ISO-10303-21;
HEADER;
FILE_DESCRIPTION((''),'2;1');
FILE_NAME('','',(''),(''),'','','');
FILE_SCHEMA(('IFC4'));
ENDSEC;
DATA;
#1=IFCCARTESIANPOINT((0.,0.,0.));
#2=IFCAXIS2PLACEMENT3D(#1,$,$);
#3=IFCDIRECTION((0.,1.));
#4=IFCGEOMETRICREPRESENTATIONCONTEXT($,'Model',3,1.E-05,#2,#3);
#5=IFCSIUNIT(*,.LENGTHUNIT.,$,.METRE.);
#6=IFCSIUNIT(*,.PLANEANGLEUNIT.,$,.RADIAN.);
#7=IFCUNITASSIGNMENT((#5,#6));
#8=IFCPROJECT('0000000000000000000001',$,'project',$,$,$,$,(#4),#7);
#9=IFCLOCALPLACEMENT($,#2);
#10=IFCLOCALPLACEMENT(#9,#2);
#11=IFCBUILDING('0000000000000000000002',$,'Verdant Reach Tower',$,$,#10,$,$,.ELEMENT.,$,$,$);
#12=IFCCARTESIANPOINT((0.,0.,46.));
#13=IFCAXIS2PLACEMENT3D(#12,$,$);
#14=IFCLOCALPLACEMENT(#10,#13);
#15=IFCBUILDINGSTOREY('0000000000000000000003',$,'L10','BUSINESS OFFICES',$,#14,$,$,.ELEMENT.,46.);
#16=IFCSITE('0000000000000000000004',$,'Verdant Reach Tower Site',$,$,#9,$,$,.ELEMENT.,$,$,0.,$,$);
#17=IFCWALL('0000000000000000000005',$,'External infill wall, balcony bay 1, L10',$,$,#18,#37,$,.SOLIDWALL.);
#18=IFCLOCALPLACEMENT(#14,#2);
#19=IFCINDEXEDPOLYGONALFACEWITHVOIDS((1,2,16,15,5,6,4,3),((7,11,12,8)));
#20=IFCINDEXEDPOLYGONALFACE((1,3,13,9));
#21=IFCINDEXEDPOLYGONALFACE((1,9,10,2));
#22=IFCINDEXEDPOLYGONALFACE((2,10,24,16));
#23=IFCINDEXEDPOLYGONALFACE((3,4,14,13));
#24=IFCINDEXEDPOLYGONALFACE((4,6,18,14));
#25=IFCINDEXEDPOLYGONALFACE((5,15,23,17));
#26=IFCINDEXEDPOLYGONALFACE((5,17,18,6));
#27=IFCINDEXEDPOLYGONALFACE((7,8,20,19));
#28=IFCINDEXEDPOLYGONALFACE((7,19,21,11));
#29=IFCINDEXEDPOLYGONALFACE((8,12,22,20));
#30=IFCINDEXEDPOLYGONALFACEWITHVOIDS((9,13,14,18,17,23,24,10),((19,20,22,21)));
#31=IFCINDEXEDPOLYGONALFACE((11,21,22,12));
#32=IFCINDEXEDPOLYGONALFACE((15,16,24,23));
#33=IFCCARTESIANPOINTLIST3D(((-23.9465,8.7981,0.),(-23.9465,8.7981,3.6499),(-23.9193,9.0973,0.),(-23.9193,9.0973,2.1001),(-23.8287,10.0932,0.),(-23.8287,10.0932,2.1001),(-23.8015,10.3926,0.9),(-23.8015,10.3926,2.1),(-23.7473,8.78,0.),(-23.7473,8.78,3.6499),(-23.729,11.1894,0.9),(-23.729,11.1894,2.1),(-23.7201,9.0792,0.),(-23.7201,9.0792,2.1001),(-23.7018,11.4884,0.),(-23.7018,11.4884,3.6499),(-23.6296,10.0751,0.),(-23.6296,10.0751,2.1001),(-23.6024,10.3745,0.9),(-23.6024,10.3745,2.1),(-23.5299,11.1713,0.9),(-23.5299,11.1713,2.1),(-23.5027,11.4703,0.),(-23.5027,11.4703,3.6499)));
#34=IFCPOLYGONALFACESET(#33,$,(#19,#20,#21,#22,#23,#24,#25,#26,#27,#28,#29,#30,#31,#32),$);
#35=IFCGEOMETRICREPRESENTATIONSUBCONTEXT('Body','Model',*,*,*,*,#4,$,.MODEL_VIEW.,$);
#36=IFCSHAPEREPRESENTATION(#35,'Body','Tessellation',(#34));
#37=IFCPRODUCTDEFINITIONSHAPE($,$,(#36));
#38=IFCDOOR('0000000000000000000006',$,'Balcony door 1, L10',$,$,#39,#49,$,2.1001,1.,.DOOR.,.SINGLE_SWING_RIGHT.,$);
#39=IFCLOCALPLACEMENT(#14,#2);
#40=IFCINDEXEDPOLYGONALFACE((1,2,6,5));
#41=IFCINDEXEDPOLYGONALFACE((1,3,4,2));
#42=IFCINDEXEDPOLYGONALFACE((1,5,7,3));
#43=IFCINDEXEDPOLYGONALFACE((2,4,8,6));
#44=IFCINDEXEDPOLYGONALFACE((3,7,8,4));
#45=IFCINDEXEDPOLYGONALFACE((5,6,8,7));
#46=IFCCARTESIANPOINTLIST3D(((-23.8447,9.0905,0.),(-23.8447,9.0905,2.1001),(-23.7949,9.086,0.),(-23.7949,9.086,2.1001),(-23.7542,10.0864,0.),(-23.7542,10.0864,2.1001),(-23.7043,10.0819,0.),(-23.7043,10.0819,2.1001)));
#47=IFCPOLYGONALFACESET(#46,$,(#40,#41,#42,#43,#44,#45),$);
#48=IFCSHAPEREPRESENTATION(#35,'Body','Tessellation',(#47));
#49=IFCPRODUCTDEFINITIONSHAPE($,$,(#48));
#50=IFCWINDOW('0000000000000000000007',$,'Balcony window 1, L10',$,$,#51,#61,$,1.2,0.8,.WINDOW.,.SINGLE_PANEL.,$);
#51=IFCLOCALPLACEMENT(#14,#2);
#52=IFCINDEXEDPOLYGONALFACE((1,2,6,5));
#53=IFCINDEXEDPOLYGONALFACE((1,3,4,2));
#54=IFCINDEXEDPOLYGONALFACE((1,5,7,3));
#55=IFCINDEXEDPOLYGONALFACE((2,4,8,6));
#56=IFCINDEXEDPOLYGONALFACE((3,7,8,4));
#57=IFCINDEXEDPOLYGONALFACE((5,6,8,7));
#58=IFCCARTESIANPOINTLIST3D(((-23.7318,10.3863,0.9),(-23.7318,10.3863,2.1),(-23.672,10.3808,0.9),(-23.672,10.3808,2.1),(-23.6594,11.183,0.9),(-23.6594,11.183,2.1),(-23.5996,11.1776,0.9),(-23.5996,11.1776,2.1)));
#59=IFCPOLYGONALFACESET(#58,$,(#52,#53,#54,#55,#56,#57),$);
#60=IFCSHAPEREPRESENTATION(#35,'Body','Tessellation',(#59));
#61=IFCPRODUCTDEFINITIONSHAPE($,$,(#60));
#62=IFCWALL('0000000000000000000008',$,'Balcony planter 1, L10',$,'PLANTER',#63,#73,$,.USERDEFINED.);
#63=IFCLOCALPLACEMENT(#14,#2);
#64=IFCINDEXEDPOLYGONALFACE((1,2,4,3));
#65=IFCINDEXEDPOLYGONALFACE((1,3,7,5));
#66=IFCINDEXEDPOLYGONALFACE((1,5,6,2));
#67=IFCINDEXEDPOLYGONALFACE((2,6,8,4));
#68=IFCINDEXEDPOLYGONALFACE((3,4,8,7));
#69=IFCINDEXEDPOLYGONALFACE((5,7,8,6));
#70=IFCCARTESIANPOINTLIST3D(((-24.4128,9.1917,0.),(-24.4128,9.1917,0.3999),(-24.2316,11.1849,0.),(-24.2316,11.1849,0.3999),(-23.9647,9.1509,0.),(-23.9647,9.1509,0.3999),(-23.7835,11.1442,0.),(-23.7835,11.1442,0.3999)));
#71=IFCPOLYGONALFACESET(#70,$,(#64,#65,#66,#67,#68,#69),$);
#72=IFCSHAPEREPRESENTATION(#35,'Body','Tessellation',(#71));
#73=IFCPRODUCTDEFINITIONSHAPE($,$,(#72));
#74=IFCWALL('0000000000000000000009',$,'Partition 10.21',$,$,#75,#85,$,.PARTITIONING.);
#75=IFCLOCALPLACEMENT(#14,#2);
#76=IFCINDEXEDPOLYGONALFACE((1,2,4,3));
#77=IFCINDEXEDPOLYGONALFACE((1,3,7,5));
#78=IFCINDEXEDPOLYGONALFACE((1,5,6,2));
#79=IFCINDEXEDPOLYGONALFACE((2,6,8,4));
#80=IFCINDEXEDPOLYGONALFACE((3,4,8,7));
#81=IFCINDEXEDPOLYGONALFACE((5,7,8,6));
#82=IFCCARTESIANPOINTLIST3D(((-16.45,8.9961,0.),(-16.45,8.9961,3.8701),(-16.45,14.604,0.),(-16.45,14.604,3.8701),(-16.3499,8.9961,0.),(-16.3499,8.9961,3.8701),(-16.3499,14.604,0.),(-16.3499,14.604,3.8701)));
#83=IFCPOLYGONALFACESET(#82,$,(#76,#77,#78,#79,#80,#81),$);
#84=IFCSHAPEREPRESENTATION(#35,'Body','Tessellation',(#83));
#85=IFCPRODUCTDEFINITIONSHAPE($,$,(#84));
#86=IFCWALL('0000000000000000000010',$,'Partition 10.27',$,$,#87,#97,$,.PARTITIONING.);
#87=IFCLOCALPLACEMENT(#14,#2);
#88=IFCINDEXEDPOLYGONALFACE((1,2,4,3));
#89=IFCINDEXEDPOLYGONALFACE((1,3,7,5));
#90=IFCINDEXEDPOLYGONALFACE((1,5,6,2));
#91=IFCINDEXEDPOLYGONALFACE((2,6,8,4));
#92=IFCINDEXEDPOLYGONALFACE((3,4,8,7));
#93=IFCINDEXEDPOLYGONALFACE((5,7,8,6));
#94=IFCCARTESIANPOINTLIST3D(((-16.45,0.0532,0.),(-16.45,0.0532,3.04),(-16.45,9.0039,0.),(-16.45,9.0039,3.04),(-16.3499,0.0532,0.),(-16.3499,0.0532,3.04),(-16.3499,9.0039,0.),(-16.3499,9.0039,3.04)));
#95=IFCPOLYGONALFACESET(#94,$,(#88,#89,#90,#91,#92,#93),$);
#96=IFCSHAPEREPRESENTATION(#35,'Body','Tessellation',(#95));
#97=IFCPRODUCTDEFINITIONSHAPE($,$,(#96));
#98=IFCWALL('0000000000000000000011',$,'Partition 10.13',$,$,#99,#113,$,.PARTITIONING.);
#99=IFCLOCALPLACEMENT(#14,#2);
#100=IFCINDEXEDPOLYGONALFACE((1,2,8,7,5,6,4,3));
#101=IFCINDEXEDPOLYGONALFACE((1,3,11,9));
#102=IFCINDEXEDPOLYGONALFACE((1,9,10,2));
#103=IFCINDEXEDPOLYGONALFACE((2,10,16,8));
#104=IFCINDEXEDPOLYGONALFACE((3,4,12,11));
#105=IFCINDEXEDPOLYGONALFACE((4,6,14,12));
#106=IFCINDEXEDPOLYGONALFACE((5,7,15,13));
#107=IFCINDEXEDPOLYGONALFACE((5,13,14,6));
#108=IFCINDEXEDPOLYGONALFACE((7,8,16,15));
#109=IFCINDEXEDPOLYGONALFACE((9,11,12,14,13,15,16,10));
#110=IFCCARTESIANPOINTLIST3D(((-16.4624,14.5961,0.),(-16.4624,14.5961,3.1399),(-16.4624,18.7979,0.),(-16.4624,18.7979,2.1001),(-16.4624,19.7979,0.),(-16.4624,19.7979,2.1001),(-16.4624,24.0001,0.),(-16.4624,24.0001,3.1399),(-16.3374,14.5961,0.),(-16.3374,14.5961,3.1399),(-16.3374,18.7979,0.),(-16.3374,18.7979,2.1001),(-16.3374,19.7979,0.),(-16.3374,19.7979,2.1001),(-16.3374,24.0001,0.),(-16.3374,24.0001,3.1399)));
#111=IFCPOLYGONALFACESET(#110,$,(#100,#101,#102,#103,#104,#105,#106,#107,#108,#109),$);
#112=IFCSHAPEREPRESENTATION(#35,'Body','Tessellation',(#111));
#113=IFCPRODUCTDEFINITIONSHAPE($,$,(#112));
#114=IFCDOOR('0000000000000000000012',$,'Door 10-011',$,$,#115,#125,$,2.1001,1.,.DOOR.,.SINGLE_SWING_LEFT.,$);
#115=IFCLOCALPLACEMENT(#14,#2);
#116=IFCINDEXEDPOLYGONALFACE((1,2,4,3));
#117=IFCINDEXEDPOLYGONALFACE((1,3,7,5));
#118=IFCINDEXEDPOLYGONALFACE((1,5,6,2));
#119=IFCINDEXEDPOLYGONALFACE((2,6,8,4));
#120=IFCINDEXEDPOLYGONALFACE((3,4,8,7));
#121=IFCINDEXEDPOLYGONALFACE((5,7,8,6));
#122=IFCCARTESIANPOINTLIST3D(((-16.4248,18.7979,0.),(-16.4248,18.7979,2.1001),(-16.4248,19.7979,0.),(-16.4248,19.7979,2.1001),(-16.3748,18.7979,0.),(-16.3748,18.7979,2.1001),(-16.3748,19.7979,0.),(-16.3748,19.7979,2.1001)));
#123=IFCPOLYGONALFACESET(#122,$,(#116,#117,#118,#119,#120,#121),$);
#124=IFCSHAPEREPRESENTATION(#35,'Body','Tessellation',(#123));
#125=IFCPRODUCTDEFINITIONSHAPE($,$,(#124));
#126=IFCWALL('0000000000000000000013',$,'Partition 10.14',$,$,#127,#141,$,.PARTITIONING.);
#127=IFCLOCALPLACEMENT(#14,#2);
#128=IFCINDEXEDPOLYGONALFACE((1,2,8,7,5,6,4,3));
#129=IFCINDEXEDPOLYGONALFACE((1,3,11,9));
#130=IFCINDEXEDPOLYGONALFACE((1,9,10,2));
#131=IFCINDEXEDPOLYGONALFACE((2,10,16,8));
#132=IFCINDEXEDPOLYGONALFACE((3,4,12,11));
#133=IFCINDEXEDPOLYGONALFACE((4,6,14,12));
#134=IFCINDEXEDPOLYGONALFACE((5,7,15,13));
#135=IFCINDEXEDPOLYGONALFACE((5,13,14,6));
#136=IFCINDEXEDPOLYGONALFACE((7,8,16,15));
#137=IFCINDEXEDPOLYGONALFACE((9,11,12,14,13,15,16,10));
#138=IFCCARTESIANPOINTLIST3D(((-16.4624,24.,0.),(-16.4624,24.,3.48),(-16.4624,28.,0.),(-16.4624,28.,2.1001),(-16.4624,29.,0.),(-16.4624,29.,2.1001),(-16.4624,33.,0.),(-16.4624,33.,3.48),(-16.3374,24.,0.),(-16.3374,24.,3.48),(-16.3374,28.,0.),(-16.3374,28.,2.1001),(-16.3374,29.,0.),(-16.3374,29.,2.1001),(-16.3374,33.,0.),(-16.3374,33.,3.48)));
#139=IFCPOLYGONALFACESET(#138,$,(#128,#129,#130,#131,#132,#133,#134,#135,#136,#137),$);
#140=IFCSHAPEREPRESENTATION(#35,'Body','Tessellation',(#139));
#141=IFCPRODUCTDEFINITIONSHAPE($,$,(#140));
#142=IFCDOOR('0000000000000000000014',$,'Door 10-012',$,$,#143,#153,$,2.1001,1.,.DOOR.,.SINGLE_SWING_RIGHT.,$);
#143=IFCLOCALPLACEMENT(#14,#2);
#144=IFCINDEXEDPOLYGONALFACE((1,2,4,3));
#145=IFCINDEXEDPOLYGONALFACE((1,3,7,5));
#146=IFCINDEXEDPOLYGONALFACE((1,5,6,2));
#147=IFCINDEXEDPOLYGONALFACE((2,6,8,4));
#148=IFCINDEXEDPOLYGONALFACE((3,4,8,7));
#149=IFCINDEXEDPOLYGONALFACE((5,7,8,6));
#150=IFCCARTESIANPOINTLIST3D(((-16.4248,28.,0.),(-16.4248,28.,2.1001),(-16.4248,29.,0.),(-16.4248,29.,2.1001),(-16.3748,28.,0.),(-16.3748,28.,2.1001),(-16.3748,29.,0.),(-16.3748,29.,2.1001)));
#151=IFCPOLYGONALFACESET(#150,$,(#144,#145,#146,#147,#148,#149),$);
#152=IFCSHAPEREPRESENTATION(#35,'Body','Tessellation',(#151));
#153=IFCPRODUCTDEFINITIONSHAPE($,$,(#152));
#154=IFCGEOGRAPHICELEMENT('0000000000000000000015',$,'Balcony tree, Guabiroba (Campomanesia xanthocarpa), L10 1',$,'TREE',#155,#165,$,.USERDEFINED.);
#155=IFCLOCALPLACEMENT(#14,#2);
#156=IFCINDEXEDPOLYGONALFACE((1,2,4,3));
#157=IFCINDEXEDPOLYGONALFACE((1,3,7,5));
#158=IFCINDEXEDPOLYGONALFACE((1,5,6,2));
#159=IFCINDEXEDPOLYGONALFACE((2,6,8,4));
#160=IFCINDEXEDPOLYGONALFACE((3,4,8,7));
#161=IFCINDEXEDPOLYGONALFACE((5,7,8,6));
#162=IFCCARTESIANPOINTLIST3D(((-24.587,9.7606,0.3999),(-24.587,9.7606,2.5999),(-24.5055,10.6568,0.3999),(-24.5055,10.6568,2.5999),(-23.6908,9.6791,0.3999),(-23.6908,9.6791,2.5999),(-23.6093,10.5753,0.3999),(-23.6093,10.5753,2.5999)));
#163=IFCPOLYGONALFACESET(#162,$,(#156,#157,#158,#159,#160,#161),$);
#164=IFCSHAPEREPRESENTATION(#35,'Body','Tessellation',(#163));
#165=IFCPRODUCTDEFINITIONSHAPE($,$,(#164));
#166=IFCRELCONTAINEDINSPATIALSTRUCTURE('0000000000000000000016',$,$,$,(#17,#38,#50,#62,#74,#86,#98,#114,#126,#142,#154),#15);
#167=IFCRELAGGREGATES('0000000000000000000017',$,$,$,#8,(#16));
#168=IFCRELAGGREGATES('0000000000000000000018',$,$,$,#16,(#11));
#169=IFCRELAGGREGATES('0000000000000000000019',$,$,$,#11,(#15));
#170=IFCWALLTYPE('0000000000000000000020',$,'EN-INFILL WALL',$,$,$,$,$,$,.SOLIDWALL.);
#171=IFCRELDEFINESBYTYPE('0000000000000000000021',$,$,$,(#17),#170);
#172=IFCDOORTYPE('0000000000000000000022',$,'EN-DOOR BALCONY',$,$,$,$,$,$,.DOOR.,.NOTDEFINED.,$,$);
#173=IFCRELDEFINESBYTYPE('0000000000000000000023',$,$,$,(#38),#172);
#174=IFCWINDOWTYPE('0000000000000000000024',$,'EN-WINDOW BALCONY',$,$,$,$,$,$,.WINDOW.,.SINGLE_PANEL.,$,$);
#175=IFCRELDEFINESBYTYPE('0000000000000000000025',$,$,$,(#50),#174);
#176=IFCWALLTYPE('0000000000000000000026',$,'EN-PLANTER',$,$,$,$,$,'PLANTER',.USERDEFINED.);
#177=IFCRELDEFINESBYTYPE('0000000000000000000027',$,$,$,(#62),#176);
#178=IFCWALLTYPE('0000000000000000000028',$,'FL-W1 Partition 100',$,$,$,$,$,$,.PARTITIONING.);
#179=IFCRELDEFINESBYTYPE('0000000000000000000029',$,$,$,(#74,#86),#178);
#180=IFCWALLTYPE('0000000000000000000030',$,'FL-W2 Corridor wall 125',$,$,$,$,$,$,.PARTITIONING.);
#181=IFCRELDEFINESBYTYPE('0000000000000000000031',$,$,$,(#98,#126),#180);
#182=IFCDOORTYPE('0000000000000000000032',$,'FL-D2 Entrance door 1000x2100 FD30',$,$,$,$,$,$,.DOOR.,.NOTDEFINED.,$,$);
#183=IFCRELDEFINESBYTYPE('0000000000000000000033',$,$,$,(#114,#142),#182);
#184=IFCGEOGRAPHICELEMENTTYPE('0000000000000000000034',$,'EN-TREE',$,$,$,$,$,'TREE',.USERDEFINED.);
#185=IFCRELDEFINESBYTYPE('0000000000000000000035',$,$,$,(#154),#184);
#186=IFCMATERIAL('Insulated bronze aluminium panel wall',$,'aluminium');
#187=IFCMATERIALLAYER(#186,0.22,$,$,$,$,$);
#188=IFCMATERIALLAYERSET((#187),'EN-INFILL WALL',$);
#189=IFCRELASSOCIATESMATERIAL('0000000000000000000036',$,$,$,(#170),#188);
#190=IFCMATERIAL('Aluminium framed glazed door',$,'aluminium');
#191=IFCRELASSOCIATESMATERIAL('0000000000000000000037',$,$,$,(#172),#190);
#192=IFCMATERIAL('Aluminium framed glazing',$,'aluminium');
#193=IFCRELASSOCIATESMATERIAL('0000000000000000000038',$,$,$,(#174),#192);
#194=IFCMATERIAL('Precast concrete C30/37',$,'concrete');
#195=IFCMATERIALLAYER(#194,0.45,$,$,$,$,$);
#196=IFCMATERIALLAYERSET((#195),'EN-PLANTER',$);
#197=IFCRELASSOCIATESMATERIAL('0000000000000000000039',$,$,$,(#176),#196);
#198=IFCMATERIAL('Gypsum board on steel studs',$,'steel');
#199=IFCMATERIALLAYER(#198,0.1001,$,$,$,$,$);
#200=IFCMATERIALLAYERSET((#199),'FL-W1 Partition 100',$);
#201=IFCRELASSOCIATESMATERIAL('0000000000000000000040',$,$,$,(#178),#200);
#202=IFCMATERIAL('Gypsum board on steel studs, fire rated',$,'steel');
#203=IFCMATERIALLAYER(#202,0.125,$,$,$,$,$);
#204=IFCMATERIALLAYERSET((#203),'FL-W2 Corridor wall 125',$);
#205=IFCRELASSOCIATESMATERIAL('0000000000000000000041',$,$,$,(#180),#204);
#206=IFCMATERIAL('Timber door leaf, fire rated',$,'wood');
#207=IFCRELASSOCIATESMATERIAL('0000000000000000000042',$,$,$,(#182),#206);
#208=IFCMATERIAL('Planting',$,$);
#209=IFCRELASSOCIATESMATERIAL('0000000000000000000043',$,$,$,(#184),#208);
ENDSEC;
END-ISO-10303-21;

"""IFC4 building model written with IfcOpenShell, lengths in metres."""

from ifc_helpers import new_model, si_unit, direction, frame, frame_2d, origin, origin_2d, place, context, subcontext, project, spatial, rectangle, extrude, material, layer, layer_set, type_object, element, fill, save


model = new_model("IFC4")

# Units and contexts
model_context = context("Model", 3, precision=1e-05, world=origin(), true_north=direction((0.0, 1.0)))
body_context = subcontext(model_context, "Body", "Model", "MODEL_VIEW")
ifc_project = project(units=[si_unit("LENGTHUNIT", "METRE"), si_unit("PLANEANGLEUNIT", "RADIAN")], contexts=[model_context])

# Site, building, storey
site_placement = place(None, origin())
site = spatial("IfcSite", under=ifc_project, at=site_placement, Name="Verdant Reach Tower Site", CompositionType="ELEMENT", RefElevation=0.0)
building_placement = place(site_placement, origin())
building = spatial("IfcBuilding", under=site, at=building_placement, Name="Verdant Reach Tower", CompositionType="ELEMENT")
storey_placement = place(building_placement, frame((0.0, 0.0, 46.0)))
storey = spatial("IfcBuildingStorey", under=building, at=storey_placement, Name="L10", Description="BUSINESS OFFICES", CompositionType="ELEMENT", Elevation=46.0)

# Wall, openings, door, window
ifc_material_1 = material(Name="Insulated bronze aluminium panel wall", Category="aluminium")
ifc_layer_1 = layer(ifc_material_1, 0.22)
ifc_layer_set_1 = layer_set([ifc_layer_1], Name="EN-INFILL WALL")
wall_type_1 = type_object("IfcWallType", Name="EN-INFILL WALL", PredefinedType="SOLIDWALL", material=ifc_layer_set_1)
wall_1_placement = place(storey_placement, frame((-23.6023, 11.4792, 0.0), z_axis=(0.0, 0.0, 1.0), x_axis=(-0.090552, -0.995892, 0.0)))
wall_1 = element("IfcWall", 1, at=wall_1_placement, inside=storey, type_object=wall_type_1, Name="External infill wall, balcony bay 1, L10", PredefinedType="SOLIDWALL", context=body_context, shape_type="SweptSolid", body=[
    extrude(rectangle(XDim=2.7014, YDim=0.2, at=frame_2d((1.3506, 0.0))), origin(), (0.0, 0.0, 1.0), 3.6499),
])
opening_1_placement = place(wall_1_placement, frame((1.4009, 0.0, 0.0)))
opening_1 = element("IfcOpeningElement", 2, at=opening_1_placement, cuts=wall_1, PredefinedType="OPENING", context=body_context, shape_type="SweptSolid", body=[
    extrude(rectangle(XDim=1.0, YDim=2.1001, at=frame_2d((0.5, 1.05))), frame((0.0, 0.1099, 0.0), z_axis=(0.0, -1.0, 0.0), x_axis=(1.0, 0.0, 0.0)), (0.0, 0.0, 1.0), 0.22),
])
opening_2_placement = place(wall_1_placement, frame((0.3003, 0.0, 0.8999)))
opening_2 = element("IfcOpeningElement", 3, at=opening_2_placement, cuts=wall_1, PredefinedType="OPENING", context=body_context, shape_type="SweptSolid", body=[
    extrude(rectangle(XDim=0.8, YDim=1.2, at=frame_2d((0.3999, 0.6001))), frame((0.0, 0.1099, 0.0), z_axis=(0.0, -1.0, 0.0), x_axis=(1.0, 0.0, 0.0)), (0.0, 0.0, 1.0), 0.22),
])
ifc_material_2 = material(Name="Aluminium framed glazed door", Category="aluminium")
door_type_1 = type_object("IfcDoorType", Name="EN-DOOR BALCONY", OperationType="NOTDEFINED", PredefinedType="DOOR", material=ifc_material_2)
door_1_placement = place(opening_1_placement, origin())
door_1 = element("IfcDoor", 4, at=door_1_placement, inside=storey, type_object=door_type_1, Name="Balcony door 1, L10", OperationType="SINGLE_SWING_RIGHT", OverallHeight=2.1001, OverallWidth=1.0, PredefinedType="DOOR", context=body_context, shape_type="SweptSolid", body=[
    extrude(rectangle(XDim=1.0, YDim=2.1001, at=frame_2d((0.5, 1.05))), frame((0.0, 0.0249, 0.0), z_axis=(0.0, -1.0, 0.0), x_axis=(1.0, 0.0, 0.0)), (0.0, 0.0, 1.0), 0.05),
])
fill(opening_1, door_1)
ifc_material_3 = material(Name="Aluminium framed glazing", Category="aluminium")
window_type = type_object("IfcWindowType", Name="EN-WINDOW BALCONY", PartitioningType="SINGLE_PANEL", PredefinedType="WINDOW", material=ifc_material_3)
window_placement = place(opening_2_placement, origin())
window = element("IfcWindow", 5, at=window_placement, inside=storey, type_object=window_type, Name="Balcony window 1, L10", OverallHeight=1.2, OverallWidth=0.8, PartitioningType="SINGLE_PANEL", PredefinedType="WINDOW", context=body_context, shape_type="SweptSolid", body=[
    extrude(rectangle(XDim=0.8, YDim=1.2, at=frame_2d((0.3999, 0.6001))), frame((0.0, 0.03, 0.0), z_axis=(0.0, -1.0, 0.0), x_axis=(1.0, 0.0, 0.0)), (0.0, 0.0, 1.0), 0.0601),
])
fill(opening_2, window)

# Walls
ifc_material_4 = material(Name="Precast concrete C30/37", Category="concrete")
ifc_layer_2 = layer(ifc_material_4, 0.45)
ifc_layer_set_2 = layer_set([ifc_layer_2], Name="EN-PLANTER")
wall_type_2 = type_object("IfcWallType", Name="EN-PLANTER", ElementType="PLANTER", PredefinedType="USERDEFINED", material=ifc_layer_set_2)
wall_2_placement = place(storey_placement, frame((-24.0076, 11.1646, 0.0), z_axis=(0.0, 0.0, 1.0), x_axis=(-0.090514, -0.995895, 0.0)))
element("IfcWall", 6, at=wall_2_placement, inside=storey, type_object=wall_type_2, Name="Balcony planter 1, L10", ObjectType="PLANTER", PredefinedType="USERDEFINED", context=body_context, shape_type="SweptSolid", body=[
    extrude(rectangle(XDim=2.0015, YDim=0.45, at=frame_2d((1.0007, 0.0))), origin(), (0.0, 0.0, 1.0), 0.3999),
])
ifc_material_5 = material(Name="Gypsum board on steel studs", Category="steel")
ifc_layer_3 = layer(ifc_material_5, 0.1001)
ifc_layer_set_3 = layer_set([ifc_layer_3], Name="FL-W1 Partition 100")
wall_type_3 = type_object("IfcWallType", Name="FL-W1 Partition 100", PredefinedType="PARTITIONING", material=ifc_layer_set_3)
wall_3_placement = place(storey_placement, frame((-16.3999, 14.604, 0.0), z_axis=(0.0, 0.0, 1.0), x_axis=(0.0, -1.0, 0.0)))
element("IfcWall", 7, at=wall_3_placement, inside=storey, type_object=wall_type_3, Name="Partition 10.21", PredefinedType="PARTITIONING", context=body_context, shape_type="SweptSolid", body=[
    extrude(rectangle(XDim=5.6079, YDim=0.1001, at=frame_2d((2.804, 0.0))), origin(), (0.0, 0.0, 1.0), 3.8701),
])
wall_4_placement = place(storey_placement, frame((-16.3999, 9.0039, 0.0), z_axis=(0.0, 0.0, 1.0), x_axis=(0.0, -1.0, 0.0)))
element("IfcWall", 8, at=wall_4_placement, inside=storey, type_object=wall_type_3, Name="Partition 10.27", PredefinedType="PARTITIONING", context=body_context, shape_type="SweptSolid", body=[
    extrude(rectangle(XDim=8.9507, YDim=0.1001, at=frame_2d((4.4753, 0.0))), origin(), (0.0, 0.0, 1.0), 3.04),
])

# Walls, openings, doors
ifc_material_6 = material(Name="Gypsum board on steel studs, fire rated", Category="steel")
ifc_layer_4 = layer(ifc_material_6, 0.125)
ifc_layer_set_4 = layer_set([ifc_layer_4], Name="FL-W2 Corridor wall 125")
wall_type_4 = type_object("IfcWallType", Name="FL-W2 Corridor wall 125", PredefinedType="PARTITIONING", material=ifc_layer_set_4)
wall_5_placement = place(storey_placement, frame((-16.3999, 14.5959, 0.0), z_axis=(0.0, 0.0, 1.0), x_axis=(0.0, 1.0, 0.0)))
wall_5 = element("IfcWall", 9, at=wall_5_placement, inside=storey, type_object=wall_type_4, Name="Partition 10.13", PredefinedType="PARTITIONING", context=body_context, shape_type="SweptSolid", body=[
    extrude(rectangle(XDim=9.4041, YDim=0.125, at=frame_2d((4.7021, 0.0))), origin(), (0.0, 0.0, 1.0), 3.1399),
])
opening_3_placement = place(wall_5_placement, frame((4.2019, 0.0, 0.0)))
opening_3 = element("IfcOpeningElement", 10, at=opening_3_placement, cuts=wall_5, PredefinedType="OPENING", context=body_context, shape_type="SweptSolid", body=[
    extrude(rectangle(XDim=1.0, YDim=2.1001, at=frame_2d((0.5, 1.05))), frame((0.0, 0.0725, 0.0), z_axis=(0.0, -1.0, 0.0), x_axis=(1.0, 0.0, 0.0)), (0.0, 0.0, 1.0), 0.145),
])
ifc_material_7 = material(Name="Timber door leaf, fire rated", Category="wood")
door_type_2 = type_object("IfcDoorType", Name="FL-D2 Entrance door 1000x2100 FD30", OperationType="NOTDEFINED", PredefinedType="DOOR", material=ifc_material_7)
door_2_placement = place(opening_3_placement, origin())
door_2 = element("IfcDoor", 11, at=door_2_placement, inside=storey, type_object=door_type_2, Name="Door 10-011", OperationType="SINGLE_SWING_LEFT", OverallHeight=2.1001, OverallWidth=1.0, PredefinedType="DOOR", context=body_context, shape_type="SweptSolid", body=[
    extrude(rectangle(XDim=1.0, YDim=2.1001, at=frame_2d((0.5, 1.05))), frame((0.0, 0.0249, 0.0), z_axis=(0.0, -1.0, 0.0), x_axis=(1.0, 0.0, 0.0)), (0.0, 0.0, 1.0), 0.05),
])
fill(opening_3, door_2)
wall_6_placement = place(storey_placement, frame((-16.3999, 24.0, 0.0), z_axis=(0.0, 0.0, 1.0), x_axis=(0.0, 1.0, 0.0)))
wall_6 = element("IfcWall", 12, at=wall_6_placement, inside=storey, type_object=wall_type_4, Name="Partition 10.14", PredefinedType="PARTITIONING", context=body_context, shape_type="SweptSolid", body=[
    extrude(rectangle(XDim=9.0, YDim=0.125, at=frame_2d((4.5, 0.0))), origin(), (0.0, 0.0, 1.0), 3.48),
])
opening_4_placement = place(wall_6_placement, frame((4.0, 0.0, 0.0)))
opening_4 = element("IfcOpeningElement", 13, at=opening_4_placement, cuts=wall_6, PredefinedType="OPENING", context=body_context, shape_type="SweptSolid", body=[
    extrude(rectangle(XDim=1.0, YDim=2.1001, at=frame_2d((0.5, 1.05))), frame((0.0, 0.0725, 0.0), z_axis=(0.0, -1.0, 0.0), x_axis=(1.0, 0.0, 0.0)), (0.0, 0.0, 1.0), 0.145),
])
door_3_placement = place(opening_4_placement, origin())
door_3 = element("IfcDoor", 14, at=door_3_placement, inside=storey, type_object=door_type_2, Name="Door 10-012", OperationType="SINGLE_SWING_RIGHT", OverallHeight=2.1001, OverallWidth=1.0, PredefinedType="DOOR", context=body_context, shape_type="SweptSolid", body=[
    extrude(rectangle(XDim=1.0, YDim=2.1001, at=frame_2d((0.5, 1.05))), frame((0.0, 0.0249, 0.0), z_axis=(0.0, -1.0, 0.0), x_axis=(1.0, 0.0, 0.0)), (0.0, 0.0, 1.0), 0.05),
])
fill(opening_4, door_3)

# Geographic element
ifc_material_8 = material(Name="Planting")
geographic_element_type = type_object("IfcGeographicElementType", Name="EN-TREE", ElementType="TREE", PredefinedType="USERDEFINED", material=ifc_material_8)
geographic_element_placement = place(storey_placement, frame((-24.0981, 10.168, 0.3999), z_axis=(0.0, 0.0, 1.0), x_axis=(-0.090536, -0.995893, 0.0)))
element("IfcGeographicElement", 15, at=geographic_element_placement, inside=storey, type_object=geographic_element_type, Name="Balcony tree, Guabiroba (Campomanesia xanthocarpa), L10 1", ObjectType="TREE", PredefinedType="USERDEFINED", context=body_context, shape_type="SweptSolid", body=[
    extrude(rectangle(XDim=0.8999, YDim=0.8999, at=origin_2d()), origin(), (0.0, 0.0, 1.0), 2.2),
])

save(model, "model.ifc")
